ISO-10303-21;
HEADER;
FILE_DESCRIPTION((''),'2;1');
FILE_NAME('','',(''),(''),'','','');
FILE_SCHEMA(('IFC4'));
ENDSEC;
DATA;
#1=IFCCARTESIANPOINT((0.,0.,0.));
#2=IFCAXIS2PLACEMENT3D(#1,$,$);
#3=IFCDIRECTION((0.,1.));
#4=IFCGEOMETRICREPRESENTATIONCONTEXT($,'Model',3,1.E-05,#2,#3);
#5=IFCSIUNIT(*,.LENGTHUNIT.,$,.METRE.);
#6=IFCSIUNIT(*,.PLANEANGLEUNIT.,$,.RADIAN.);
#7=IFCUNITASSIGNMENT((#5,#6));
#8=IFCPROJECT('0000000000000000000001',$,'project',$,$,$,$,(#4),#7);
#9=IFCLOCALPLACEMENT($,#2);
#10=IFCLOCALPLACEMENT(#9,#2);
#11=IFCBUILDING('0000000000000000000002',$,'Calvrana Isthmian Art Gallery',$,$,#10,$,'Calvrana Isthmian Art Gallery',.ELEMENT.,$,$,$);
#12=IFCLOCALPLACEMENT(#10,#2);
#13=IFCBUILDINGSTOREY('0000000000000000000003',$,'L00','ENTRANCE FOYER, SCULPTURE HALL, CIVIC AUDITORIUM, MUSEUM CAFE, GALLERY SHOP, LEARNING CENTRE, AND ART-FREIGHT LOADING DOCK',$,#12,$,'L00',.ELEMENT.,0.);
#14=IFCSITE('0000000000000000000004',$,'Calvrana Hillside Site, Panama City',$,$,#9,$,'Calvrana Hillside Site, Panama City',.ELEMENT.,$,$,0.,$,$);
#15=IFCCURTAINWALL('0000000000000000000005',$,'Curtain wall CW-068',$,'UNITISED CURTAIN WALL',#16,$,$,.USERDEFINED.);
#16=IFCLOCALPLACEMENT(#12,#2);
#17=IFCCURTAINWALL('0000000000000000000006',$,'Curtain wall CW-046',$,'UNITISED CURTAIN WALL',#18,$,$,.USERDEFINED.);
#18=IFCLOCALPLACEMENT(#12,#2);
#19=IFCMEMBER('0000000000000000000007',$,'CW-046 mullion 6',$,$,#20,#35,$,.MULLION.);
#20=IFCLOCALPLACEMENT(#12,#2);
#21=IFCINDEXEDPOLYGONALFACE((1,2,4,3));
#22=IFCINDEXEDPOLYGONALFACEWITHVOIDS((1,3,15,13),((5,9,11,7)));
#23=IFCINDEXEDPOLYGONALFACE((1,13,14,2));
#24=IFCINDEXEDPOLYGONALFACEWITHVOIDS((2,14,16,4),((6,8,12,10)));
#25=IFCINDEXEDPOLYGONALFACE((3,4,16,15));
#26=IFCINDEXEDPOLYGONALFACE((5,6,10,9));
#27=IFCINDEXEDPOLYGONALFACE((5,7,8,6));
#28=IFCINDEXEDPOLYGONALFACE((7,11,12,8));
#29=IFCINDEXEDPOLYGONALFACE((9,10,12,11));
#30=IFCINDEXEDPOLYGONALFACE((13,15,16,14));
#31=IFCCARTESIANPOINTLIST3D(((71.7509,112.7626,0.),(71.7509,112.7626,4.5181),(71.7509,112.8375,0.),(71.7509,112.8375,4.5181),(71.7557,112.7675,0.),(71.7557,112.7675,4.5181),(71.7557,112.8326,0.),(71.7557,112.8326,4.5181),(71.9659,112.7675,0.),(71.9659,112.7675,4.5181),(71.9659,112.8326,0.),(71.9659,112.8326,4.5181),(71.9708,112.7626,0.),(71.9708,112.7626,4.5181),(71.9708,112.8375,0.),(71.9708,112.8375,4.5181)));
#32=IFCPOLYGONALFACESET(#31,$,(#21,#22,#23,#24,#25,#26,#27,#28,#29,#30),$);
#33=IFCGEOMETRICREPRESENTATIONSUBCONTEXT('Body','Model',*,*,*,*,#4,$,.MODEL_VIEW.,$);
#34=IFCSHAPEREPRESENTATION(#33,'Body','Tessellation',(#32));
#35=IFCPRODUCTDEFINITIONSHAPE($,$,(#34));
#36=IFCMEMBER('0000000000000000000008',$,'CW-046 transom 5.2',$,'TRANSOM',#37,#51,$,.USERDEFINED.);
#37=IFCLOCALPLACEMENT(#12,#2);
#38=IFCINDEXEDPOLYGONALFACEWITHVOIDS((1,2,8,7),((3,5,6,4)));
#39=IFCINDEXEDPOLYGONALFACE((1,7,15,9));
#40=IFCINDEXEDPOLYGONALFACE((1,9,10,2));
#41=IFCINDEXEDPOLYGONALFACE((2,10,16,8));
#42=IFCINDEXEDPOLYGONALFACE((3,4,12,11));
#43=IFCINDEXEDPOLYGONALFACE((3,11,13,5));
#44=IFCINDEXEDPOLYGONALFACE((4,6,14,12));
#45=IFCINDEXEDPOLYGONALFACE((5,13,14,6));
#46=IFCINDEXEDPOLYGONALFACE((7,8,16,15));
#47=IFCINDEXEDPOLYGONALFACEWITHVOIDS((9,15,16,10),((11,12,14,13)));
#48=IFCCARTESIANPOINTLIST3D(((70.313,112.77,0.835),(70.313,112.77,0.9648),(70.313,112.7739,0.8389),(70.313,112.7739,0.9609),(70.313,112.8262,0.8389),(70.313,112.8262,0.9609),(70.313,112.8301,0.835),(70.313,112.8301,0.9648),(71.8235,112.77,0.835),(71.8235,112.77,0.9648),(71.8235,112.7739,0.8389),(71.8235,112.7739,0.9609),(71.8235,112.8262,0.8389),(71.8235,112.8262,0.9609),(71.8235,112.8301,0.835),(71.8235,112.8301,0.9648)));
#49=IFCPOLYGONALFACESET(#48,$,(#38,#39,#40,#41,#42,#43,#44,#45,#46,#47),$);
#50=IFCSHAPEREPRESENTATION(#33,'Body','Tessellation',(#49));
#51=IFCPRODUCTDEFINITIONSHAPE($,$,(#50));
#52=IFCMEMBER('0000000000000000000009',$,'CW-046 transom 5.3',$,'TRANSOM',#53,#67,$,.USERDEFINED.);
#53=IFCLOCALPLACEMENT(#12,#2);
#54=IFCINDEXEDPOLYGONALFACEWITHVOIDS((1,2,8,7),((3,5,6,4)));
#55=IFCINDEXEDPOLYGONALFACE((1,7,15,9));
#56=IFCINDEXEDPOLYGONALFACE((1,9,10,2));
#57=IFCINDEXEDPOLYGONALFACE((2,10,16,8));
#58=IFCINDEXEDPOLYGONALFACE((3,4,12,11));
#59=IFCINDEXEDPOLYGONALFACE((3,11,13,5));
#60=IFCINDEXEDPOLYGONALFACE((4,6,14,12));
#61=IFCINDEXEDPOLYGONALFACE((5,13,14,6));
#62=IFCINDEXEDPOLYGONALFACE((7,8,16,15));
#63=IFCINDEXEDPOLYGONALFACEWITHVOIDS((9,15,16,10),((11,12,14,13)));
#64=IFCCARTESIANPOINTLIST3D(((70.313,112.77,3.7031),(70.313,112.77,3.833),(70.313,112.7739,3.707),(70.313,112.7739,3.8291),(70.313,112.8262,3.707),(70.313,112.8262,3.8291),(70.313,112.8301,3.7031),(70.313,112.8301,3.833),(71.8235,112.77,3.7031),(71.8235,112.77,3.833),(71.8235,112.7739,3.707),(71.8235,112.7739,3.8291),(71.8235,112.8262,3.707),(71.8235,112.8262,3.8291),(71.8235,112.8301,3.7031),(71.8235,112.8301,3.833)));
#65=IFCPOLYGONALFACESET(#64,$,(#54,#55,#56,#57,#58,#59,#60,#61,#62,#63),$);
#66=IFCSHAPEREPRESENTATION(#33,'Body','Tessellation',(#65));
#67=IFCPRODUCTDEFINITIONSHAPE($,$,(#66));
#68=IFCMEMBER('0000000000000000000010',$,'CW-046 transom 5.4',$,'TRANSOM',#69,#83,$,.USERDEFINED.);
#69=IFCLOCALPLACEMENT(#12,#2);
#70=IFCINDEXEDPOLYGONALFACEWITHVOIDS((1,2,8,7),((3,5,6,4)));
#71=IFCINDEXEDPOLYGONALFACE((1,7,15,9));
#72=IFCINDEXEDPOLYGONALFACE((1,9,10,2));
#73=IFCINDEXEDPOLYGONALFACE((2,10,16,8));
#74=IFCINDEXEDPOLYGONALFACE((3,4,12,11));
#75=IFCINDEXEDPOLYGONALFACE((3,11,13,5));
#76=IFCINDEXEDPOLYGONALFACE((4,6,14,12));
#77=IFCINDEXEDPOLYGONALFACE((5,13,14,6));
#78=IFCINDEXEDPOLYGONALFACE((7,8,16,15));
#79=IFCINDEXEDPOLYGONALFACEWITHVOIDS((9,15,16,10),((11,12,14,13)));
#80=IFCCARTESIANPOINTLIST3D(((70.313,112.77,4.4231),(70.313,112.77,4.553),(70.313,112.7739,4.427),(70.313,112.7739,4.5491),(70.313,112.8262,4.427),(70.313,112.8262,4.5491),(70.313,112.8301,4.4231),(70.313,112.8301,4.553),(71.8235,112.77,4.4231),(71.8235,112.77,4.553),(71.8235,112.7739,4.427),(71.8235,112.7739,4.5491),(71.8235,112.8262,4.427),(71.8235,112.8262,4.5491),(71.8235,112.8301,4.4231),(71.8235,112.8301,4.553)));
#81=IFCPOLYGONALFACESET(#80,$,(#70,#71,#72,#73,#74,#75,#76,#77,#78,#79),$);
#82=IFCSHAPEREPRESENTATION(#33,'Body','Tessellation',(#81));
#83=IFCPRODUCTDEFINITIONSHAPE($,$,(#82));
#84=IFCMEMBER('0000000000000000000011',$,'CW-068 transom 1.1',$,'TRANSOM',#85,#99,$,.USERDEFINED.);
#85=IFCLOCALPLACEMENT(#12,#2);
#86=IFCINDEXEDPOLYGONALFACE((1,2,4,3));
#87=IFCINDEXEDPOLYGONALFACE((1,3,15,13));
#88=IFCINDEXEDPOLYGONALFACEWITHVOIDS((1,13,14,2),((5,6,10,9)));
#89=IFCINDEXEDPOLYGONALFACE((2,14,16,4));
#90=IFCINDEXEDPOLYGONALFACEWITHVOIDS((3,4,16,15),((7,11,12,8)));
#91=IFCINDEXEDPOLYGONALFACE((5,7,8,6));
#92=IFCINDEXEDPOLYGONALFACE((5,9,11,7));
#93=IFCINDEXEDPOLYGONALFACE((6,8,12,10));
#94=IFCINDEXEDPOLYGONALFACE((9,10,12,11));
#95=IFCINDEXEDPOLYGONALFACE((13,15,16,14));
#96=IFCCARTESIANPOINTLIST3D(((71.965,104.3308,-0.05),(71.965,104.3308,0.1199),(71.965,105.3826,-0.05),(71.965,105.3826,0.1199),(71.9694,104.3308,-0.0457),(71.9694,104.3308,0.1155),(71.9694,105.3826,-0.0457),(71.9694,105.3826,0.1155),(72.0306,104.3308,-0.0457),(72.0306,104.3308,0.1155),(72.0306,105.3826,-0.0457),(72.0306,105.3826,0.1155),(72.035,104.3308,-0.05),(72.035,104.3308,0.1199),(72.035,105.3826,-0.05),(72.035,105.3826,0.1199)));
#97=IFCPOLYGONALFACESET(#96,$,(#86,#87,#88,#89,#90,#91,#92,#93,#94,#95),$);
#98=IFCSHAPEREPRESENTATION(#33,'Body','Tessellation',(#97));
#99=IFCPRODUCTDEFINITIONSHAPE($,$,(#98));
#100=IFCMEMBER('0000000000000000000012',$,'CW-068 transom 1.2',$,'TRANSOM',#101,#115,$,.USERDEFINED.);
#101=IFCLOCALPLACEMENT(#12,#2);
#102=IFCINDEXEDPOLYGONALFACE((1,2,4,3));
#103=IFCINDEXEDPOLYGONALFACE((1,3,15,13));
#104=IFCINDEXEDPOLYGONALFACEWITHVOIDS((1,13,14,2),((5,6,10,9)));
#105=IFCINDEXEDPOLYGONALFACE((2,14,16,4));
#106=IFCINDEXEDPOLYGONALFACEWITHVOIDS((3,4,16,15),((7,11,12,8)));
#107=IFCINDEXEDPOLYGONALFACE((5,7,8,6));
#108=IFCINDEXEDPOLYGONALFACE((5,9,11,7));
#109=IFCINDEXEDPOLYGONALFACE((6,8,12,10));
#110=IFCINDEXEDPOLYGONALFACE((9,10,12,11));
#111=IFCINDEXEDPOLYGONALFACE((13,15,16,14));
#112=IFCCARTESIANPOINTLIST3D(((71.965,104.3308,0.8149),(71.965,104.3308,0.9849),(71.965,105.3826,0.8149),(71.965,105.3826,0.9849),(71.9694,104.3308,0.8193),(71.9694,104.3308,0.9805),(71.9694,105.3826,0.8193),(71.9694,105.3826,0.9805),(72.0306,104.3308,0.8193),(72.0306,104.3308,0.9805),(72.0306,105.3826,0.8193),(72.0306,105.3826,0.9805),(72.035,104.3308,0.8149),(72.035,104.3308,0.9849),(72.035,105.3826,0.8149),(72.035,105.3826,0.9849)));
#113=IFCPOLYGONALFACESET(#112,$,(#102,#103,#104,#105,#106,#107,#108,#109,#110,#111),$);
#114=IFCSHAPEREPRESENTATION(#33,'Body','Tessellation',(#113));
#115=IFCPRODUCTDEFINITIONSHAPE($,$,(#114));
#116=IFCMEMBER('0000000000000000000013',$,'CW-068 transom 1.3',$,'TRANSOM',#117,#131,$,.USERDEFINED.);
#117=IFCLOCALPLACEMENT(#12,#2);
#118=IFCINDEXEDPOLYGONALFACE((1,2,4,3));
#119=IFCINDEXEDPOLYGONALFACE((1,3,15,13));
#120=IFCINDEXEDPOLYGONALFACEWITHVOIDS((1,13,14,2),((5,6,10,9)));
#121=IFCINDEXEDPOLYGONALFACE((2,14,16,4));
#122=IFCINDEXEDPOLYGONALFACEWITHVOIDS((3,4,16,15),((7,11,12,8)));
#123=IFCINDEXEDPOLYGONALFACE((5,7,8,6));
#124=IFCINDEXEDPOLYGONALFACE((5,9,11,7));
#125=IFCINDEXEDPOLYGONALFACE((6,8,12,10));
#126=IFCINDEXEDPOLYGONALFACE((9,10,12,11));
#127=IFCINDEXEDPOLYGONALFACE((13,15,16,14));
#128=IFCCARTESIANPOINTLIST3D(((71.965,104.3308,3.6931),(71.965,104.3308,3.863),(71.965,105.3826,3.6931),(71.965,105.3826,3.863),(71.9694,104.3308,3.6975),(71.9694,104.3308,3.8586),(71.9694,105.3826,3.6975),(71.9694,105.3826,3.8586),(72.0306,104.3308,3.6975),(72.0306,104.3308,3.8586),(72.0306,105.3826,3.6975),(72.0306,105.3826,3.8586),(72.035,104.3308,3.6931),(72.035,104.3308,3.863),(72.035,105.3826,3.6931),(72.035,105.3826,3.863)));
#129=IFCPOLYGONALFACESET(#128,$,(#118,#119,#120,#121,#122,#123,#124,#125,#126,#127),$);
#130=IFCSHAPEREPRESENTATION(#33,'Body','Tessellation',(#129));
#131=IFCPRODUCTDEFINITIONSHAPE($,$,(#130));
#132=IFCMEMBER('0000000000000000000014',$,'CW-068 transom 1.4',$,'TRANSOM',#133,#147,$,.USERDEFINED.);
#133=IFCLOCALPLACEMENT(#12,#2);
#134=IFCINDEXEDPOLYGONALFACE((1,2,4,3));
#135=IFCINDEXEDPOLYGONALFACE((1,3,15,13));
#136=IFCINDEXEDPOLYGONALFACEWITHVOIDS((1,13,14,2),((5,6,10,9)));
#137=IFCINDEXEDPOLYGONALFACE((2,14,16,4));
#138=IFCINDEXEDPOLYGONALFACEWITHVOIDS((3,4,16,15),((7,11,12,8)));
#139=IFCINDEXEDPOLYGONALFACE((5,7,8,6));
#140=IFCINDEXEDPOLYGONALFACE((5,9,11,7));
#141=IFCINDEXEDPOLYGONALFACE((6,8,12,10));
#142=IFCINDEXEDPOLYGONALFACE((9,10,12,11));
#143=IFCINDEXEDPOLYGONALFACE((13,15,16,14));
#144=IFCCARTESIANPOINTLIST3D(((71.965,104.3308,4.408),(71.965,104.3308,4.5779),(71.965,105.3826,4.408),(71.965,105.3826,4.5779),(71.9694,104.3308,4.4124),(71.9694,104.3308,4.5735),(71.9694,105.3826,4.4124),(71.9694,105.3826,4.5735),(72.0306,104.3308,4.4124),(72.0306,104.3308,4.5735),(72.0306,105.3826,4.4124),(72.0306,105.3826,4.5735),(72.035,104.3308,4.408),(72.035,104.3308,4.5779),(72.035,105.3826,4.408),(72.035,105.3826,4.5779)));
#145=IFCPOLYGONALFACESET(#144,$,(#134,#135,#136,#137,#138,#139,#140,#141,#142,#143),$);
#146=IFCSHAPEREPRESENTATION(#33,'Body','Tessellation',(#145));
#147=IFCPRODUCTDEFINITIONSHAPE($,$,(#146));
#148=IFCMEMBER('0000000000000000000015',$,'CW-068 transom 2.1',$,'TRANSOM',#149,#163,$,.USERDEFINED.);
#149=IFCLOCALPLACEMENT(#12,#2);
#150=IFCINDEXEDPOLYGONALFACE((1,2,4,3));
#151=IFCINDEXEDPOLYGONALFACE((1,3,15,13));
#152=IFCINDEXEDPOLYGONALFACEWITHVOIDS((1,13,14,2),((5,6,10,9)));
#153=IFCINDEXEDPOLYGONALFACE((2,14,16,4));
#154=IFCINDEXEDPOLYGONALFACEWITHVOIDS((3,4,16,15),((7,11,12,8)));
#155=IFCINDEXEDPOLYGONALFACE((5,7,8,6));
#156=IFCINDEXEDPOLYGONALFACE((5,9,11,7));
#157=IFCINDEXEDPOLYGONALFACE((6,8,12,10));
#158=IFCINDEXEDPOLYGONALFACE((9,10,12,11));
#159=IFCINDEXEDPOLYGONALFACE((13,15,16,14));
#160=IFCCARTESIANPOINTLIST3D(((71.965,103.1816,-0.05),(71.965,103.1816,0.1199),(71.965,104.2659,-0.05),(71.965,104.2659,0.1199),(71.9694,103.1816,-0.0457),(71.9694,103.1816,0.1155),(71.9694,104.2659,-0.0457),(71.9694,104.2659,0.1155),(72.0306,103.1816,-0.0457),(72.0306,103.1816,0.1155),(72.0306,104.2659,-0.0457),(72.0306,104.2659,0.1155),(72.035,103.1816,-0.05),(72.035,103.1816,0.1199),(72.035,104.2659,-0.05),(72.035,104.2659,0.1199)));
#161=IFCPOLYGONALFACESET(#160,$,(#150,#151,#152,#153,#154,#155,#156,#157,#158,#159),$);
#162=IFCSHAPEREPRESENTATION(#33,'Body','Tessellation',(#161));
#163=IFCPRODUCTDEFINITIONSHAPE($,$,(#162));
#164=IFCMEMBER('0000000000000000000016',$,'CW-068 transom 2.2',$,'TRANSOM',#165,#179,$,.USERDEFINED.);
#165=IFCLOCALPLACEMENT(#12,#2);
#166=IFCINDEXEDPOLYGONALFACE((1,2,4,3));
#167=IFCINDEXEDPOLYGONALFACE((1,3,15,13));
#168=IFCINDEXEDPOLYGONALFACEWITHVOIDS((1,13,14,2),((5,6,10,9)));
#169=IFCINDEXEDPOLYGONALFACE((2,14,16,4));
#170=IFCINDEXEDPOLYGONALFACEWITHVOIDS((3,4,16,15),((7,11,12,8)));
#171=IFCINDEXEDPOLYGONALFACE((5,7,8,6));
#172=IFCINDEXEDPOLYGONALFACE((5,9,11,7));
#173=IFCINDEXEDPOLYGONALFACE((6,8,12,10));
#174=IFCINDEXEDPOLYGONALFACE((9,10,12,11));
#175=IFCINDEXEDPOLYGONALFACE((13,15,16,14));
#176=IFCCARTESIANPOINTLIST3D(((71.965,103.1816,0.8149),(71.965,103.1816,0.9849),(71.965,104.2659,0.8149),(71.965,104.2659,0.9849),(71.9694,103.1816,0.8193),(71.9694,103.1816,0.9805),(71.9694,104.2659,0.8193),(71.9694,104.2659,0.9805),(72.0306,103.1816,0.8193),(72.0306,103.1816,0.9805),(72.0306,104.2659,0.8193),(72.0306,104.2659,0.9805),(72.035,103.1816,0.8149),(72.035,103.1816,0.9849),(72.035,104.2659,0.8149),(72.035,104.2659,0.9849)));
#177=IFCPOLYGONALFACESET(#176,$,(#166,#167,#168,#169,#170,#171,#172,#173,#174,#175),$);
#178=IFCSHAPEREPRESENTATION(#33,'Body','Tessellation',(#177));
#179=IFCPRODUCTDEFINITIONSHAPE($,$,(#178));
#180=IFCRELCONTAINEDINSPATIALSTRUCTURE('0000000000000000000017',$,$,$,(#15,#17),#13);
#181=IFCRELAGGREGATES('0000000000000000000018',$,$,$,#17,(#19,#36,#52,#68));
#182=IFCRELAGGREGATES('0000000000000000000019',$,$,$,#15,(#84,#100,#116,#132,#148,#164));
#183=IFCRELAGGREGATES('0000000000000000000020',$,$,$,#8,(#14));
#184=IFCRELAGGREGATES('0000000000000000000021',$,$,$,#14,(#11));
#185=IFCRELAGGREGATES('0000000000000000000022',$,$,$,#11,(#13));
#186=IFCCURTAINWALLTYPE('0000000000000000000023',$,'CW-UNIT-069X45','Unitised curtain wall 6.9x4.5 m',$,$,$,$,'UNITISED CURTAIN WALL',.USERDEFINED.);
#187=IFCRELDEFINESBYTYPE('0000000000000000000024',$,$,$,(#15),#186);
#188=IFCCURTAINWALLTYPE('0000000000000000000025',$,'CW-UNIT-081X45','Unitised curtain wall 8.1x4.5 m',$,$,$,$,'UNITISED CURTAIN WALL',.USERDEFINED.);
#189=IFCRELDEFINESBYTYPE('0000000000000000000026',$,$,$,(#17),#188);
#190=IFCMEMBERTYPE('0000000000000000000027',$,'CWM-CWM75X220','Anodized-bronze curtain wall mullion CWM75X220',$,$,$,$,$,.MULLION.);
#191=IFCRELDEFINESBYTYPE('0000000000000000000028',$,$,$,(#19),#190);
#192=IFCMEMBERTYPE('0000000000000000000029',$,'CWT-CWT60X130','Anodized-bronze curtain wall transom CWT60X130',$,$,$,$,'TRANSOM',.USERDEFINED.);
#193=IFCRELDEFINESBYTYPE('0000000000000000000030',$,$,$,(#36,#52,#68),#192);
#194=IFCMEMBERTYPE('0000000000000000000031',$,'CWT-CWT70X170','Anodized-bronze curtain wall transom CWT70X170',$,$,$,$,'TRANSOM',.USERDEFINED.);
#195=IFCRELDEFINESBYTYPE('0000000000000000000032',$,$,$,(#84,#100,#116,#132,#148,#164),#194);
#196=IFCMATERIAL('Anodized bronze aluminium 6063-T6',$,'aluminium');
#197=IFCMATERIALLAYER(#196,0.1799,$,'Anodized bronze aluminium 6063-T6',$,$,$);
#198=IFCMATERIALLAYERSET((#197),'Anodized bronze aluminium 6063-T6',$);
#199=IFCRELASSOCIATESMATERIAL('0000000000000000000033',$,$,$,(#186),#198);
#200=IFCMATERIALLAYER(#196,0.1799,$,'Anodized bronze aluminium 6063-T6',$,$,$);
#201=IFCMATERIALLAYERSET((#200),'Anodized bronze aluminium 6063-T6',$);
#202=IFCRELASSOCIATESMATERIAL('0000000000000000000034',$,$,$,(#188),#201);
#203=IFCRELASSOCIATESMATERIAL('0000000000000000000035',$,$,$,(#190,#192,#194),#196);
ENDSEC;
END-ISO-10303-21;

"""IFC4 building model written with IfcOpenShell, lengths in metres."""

from ifc_helpers import new_model, si_unit, direction, frame, origin, origin_2d, place, context, subcontext, project, spatial, hollow_rectangle, extrude, material, layer, layer_set, material_profile, profile_set, type_object, element, aggregate, save


model = new_model("IFC4")

# Units and contexts
model_context = context("Model", 3, precision=1e-05, world=origin(), true_north=direction((0.0, 1.0)))
body_context = subcontext(model_context, "Body", "Model", "MODEL_VIEW")
ifc_project = project(units=[si_unit("LENGTHUNIT", "METRE"), si_unit("PLANEANGLEUNIT", "RADIAN")], contexts=[model_context])

# Site, building, storey
site_placement = place(None, origin())
site = spatial("IfcSite", under=ifc_project, at=site_placement, Name="Calvrana Hillside Site, Panama City", LongName="Calvrana Hillside Site, Panama City", CompositionType="ELEMENT", RefElevation=0.0)
building_placement = place(site_placement, origin())
building = spatial("IfcBuilding", under=site, at=building_placement, Name="Calvrana Isthmian Art Gallery", LongName="Calvrana Isthmian Art Gallery", CompositionType="ELEMENT")
storey_placement = place(building_placement, origin())
storey = spatial("IfcBuildingStorey", under=building, at=storey_placement, Name="L00", Description="ENTRANCE FOYER, SCULPTURE HALL, CIVIC AUDITORIUM, MUSEUM CAFE, GALLERY SHOP, LEARNING CENTRE, AND ART-FREIGHT LOADING DOCK", LongName="L00", CompositionType="ELEMENT", Elevation=0.0)

# Curtain walls, members
ifc_material_1 = material(Name="Anodized bronze aluminium 6063-T6", Category="aluminium")
ifc_layer_1 = layer(ifc_material_1, 0.1799, Name="Anodized bronze aluminium 6063-T6")
ifc_layer_set_1 = layer_set([ifc_layer_1], Name="Anodized bronze aluminium 6063-T6")
curtain_wall_type_1 = type_object("IfcCurtainWallType", Name="CW-UNIT-069X45", Description="Unitised curtain wall 6.9x4.5 m", ElementType="UNITISED CURTAIN WALL", PredefinedType="USERDEFINED", material=ifc_layer_set_1)
curtain_wall_1_placement = place(storey_placement, origin())
curtain_wall_1 = element("IfcCurtainWall", 1, at=curtain_wall_1_placement, inside=storey, type_object=curtain_wall_type_1, Name="Curtain wall CW-068", ObjectType="UNITISED CURTAIN WALL", PredefinedType="USERDEFINED")
ifc_layer_2 = layer(ifc_material_1, 0.1799, Name="Anodized bronze aluminium 6063-T6")
ifc_layer_set_2 = layer_set([ifc_layer_2], Name="Anodized bronze aluminium 6063-T6")
curtain_wall_type_2 = type_object("IfcCurtainWallType", Name="CW-UNIT-081X45", Description="Unitised curtain wall 8.1x4.5 m", ElementType="UNITISED CURTAIN WALL", PredefinedType="USERDEFINED", material=ifc_layer_set_2)
curtain_wall_2_placement = place(storey_placement, origin())
curtain_wall_2 = element("IfcCurtainWall", 2, at=curtain_wall_2_placement, inside=storey, type_object=curtain_wall_type_2, Name="Curtain wall CW-046", ObjectType="UNITISED CURTAIN WALL", PredefinedType="USERDEFINED")
ifc_material_profile_1 = material_profile(ifc_material_1, hollow_rectangle(XDim=0.075, YDim=0.22, WallThickness=0.0049, at=origin_2d()), Name="CWM75X220")
ifc_profile_set_1 = profile_set([ifc_material_profile_1], Name="Anodized bronze aluminium 6063-T6")
member_type_1 = type_object("IfcMemberType", Name="CWM-CWM75X220", Description="Anodized-bronze curtain wall mullion CWM75X220", PredefinedType="MULLION", material=ifc_profile_set_1)
member_1_placement = place(storey_placement, frame((71.8608, 112.8, 0.0), z_axis=(0.0, 0.0, 1.0), x_axis=(0.0, 1.0, 0.0)))
member_1 = element("IfcMember", 3, at=member_1_placement, type_object=member_type_1, Name="CW-046 mullion 6", PredefinedType="MULLION", context=body_context, shape_type="SweptSolid", body=[
    extrude(hollow_rectangle(XDim=0.075, YDim=0.22, WallThickness=0.0049, at=origin_2d()), origin(), (0.0, 0.0, 1.0), 4.5181),
])
ifc_material_profile_2 = material_profile(ifc_material_1, hollow_rectangle(XDim=0.0601, YDim=0.1299, WallThickness=0.0039, at=origin_2d()), Name="CWT60X130")
ifc_profile_set_2 = profile_set([ifc_material_profile_2], Name="Anodized bronze aluminium 6063-T6")
member_type_2 = type_object("IfcMemberType", Name="CWT-CWT60X130", Description="Anodized-bronze curtain wall transom CWT60X130", ElementType="TRANSOM", PredefinedType="USERDEFINED", material=ifc_profile_set_2)
member_2_placement = place(storey_placement, frame((70.313, 112.8, 0.8999), z_axis=(1.0, 0.0, 0.0), x_axis=(0.0, 1.0, 0.0)))
member_2 = element("IfcMember", 4, at=member_2_placement, type_object=member_type_2, Name="CW-046 transom 5.2", ObjectType="TRANSOM", PredefinedType="USERDEFINED", context=body_context, shape_type="SweptSolid", body=[
    extrude(hollow_rectangle(XDim=0.0601, YDim=0.1299, WallThickness=0.0039, at=origin_2d()), origin(), (0.0, 0.0, 1.0), 1.5105),
])
member_3_placement = place(storey_placement, frame((70.313, 112.8, 3.7681), z_axis=(1.0, 0.0, 0.0), x_axis=(0.0, 1.0, 0.0)))
member_3 = element("IfcMember", 5, at=member_3_placement, type_object=member_type_2, Name="CW-046 transom 5.3", ObjectType="TRANSOM", PredefinedType="USERDEFINED", context=body_context, shape_type="SweptSolid", body=[
    extrude(hollow_rectangle(XDim=0.0601, YDim=0.1299, WallThickness=0.0039, at=origin_2d()), origin(), (0.0, 0.0, 1.0), 1.5105),
])
member_4_placement = place(storey_placement, frame((70.313, 112.8, 4.488), z_axis=(1.0, 0.0, 0.0), x_axis=(0.0, 1.0, 0.0)))
member_4 = element("IfcMember", 6, at=member_4_placement, type_object=member_type_2, Name="CW-046 transom 5.4", ObjectType="TRANSOM", PredefinedType="USERDEFINED", context=body_context, shape_type="SweptSolid", body=[
    extrude(hollow_rectangle(XDim=0.0601, YDim=0.1299, WallThickness=0.0039, at=origin_2d()), origin(), (0.0, 0.0, 1.0), 1.5105),
])

# Members
ifc_material_profile_3 = material_profile(ifc_material_1, hollow_rectangle(XDim=0.0701, YDim=0.1699, WallThickness=0.0044, at=origin_2d()), Name="CWT70X170")
ifc_profile_set_3 = profile_set([ifc_material_profile_3], Name="Anodized bronze aluminium 6063-T6")
member_type_3 = type_object("IfcMemberType", Name="CWT-CWT70X170", Description="Anodized-bronze curtain wall transom CWT70X170", ElementType="TRANSOM", PredefinedType="USERDEFINED", material=ifc_profile_set_3)
member_5_placement = place(storey_placement, frame((72.0, 105.3826, 0.0349), z_axis=(0.0, -1.0, 0.0), x_axis=(1.0, 0.0, 0.0)))
member_5 = element("IfcMember", 7, at=member_5_placement, type_object=member_type_3, Name="CW-068 transom 1.1", ObjectType="TRANSOM", PredefinedType="USERDEFINED", context=body_context, shape_type="SweptSolid", body=[
    extrude(hollow_rectangle(XDim=0.0701, YDim=0.1699, WallThickness=0.0044, at=origin_2d()), origin(), (0.0, 0.0, 1.0), 1.0518),
])
member_6_placement = place(storey_placement, frame((72.0, 105.3826, 0.8999), z_axis=(0.0, -1.0, 0.0), x_axis=(1.0, 0.0, 0.0)))
member_6 = element("IfcMember", 8, at=member_6_placement, type_object=member_type_3, Name="CW-068 transom 1.2", ObjectType="TRANSOM", PredefinedType="USERDEFINED", context=body_context, shape_type="SweptSolid", body=[
    extrude(hollow_rectangle(XDim=0.0701, YDim=0.1699, WallThickness=0.0044, at=origin_2d()), origin(), (0.0, 0.0, 1.0), 1.0518),
])
member_7_placement = place(storey_placement, frame((72.0, 105.3826, 3.7781), z_axis=(0.0, -1.0, 0.0), x_axis=(1.0, 0.0, 0.0)))
member_7 = element("IfcMember", 9, at=member_7_placement, type_object=member_type_3, Name="CW-068 transom 1.3", ObjectType="TRANSOM", PredefinedType="USERDEFINED", context=body_context, shape_type="SweptSolid", body=[
    extrude(hollow_rectangle(XDim=0.0701, YDim=0.1699, WallThickness=0.0044, at=origin_2d()), origin(), (0.0, 0.0, 1.0), 1.0518),
])
member_8_placement = place(storey_placement, frame((72.0, 105.3826, 4.4929), z_axis=(0.0, -1.0, 0.0), x_axis=(1.0, 0.0, 0.0)))
member_8 = element("IfcMember", 10, at=member_8_placement, type_object=member_type_3, Name="CW-068 transom 1.4", ObjectType="TRANSOM", PredefinedType="USERDEFINED", context=body_context, shape_type="SweptSolid", body=[
    extrude(hollow_rectangle(XDim=0.0701, YDim=0.1699, WallThickness=0.0044, at=origin_2d()), origin(), (0.0, 0.0, 1.0), 1.0518),
])
member_9_placement = place(storey_placement, frame((72.0, 104.2659, 0.0349), z_axis=(0.0, -1.0, 0.0), x_axis=(1.0, 0.0, 0.0)))
member_9 = element("IfcMember", 11, at=member_9_placement, type_object=member_type_3, Name="CW-068 transom 2.1", ObjectType="TRANSOM", PredefinedType="USERDEFINED", context=body_context, shape_type="SweptSolid", body=[
    extrude(hollow_rectangle(XDim=0.0701, YDim=0.1699, WallThickness=0.0044, at=origin_2d()), origin(), (0.0, 0.0, 1.0), 1.0842),
])
member_10_placement = place(storey_placement, frame((72.0, 104.2659, 0.8999), z_axis=(0.0, -1.0, 0.0), x_axis=(1.0, 0.0, 0.0)))
member_10 = element("IfcMember", 12, at=member_10_placement, type_object=member_type_3, Name="CW-068 transom 2.2", ObjectType="TRANSOM", PredefinedType="USERDEFINED", context=body_context, shape_type="SweptSolid", body=[
    extrude(hollow_rectangle(XDim=0.0701, YDim=0.1699, WallThickness=0.0044, at=origin_2d()), origin(), (0.0, 0.0, 1.0), 1.0842),
])

aggregate(curtain_wall_2, [member_1, member_2, member_3, member_4])
aggregate(curtain_wall_1, [member_5, member_6, member_7, member_8, member_9, member_10])

save(model, "model.ifc")
